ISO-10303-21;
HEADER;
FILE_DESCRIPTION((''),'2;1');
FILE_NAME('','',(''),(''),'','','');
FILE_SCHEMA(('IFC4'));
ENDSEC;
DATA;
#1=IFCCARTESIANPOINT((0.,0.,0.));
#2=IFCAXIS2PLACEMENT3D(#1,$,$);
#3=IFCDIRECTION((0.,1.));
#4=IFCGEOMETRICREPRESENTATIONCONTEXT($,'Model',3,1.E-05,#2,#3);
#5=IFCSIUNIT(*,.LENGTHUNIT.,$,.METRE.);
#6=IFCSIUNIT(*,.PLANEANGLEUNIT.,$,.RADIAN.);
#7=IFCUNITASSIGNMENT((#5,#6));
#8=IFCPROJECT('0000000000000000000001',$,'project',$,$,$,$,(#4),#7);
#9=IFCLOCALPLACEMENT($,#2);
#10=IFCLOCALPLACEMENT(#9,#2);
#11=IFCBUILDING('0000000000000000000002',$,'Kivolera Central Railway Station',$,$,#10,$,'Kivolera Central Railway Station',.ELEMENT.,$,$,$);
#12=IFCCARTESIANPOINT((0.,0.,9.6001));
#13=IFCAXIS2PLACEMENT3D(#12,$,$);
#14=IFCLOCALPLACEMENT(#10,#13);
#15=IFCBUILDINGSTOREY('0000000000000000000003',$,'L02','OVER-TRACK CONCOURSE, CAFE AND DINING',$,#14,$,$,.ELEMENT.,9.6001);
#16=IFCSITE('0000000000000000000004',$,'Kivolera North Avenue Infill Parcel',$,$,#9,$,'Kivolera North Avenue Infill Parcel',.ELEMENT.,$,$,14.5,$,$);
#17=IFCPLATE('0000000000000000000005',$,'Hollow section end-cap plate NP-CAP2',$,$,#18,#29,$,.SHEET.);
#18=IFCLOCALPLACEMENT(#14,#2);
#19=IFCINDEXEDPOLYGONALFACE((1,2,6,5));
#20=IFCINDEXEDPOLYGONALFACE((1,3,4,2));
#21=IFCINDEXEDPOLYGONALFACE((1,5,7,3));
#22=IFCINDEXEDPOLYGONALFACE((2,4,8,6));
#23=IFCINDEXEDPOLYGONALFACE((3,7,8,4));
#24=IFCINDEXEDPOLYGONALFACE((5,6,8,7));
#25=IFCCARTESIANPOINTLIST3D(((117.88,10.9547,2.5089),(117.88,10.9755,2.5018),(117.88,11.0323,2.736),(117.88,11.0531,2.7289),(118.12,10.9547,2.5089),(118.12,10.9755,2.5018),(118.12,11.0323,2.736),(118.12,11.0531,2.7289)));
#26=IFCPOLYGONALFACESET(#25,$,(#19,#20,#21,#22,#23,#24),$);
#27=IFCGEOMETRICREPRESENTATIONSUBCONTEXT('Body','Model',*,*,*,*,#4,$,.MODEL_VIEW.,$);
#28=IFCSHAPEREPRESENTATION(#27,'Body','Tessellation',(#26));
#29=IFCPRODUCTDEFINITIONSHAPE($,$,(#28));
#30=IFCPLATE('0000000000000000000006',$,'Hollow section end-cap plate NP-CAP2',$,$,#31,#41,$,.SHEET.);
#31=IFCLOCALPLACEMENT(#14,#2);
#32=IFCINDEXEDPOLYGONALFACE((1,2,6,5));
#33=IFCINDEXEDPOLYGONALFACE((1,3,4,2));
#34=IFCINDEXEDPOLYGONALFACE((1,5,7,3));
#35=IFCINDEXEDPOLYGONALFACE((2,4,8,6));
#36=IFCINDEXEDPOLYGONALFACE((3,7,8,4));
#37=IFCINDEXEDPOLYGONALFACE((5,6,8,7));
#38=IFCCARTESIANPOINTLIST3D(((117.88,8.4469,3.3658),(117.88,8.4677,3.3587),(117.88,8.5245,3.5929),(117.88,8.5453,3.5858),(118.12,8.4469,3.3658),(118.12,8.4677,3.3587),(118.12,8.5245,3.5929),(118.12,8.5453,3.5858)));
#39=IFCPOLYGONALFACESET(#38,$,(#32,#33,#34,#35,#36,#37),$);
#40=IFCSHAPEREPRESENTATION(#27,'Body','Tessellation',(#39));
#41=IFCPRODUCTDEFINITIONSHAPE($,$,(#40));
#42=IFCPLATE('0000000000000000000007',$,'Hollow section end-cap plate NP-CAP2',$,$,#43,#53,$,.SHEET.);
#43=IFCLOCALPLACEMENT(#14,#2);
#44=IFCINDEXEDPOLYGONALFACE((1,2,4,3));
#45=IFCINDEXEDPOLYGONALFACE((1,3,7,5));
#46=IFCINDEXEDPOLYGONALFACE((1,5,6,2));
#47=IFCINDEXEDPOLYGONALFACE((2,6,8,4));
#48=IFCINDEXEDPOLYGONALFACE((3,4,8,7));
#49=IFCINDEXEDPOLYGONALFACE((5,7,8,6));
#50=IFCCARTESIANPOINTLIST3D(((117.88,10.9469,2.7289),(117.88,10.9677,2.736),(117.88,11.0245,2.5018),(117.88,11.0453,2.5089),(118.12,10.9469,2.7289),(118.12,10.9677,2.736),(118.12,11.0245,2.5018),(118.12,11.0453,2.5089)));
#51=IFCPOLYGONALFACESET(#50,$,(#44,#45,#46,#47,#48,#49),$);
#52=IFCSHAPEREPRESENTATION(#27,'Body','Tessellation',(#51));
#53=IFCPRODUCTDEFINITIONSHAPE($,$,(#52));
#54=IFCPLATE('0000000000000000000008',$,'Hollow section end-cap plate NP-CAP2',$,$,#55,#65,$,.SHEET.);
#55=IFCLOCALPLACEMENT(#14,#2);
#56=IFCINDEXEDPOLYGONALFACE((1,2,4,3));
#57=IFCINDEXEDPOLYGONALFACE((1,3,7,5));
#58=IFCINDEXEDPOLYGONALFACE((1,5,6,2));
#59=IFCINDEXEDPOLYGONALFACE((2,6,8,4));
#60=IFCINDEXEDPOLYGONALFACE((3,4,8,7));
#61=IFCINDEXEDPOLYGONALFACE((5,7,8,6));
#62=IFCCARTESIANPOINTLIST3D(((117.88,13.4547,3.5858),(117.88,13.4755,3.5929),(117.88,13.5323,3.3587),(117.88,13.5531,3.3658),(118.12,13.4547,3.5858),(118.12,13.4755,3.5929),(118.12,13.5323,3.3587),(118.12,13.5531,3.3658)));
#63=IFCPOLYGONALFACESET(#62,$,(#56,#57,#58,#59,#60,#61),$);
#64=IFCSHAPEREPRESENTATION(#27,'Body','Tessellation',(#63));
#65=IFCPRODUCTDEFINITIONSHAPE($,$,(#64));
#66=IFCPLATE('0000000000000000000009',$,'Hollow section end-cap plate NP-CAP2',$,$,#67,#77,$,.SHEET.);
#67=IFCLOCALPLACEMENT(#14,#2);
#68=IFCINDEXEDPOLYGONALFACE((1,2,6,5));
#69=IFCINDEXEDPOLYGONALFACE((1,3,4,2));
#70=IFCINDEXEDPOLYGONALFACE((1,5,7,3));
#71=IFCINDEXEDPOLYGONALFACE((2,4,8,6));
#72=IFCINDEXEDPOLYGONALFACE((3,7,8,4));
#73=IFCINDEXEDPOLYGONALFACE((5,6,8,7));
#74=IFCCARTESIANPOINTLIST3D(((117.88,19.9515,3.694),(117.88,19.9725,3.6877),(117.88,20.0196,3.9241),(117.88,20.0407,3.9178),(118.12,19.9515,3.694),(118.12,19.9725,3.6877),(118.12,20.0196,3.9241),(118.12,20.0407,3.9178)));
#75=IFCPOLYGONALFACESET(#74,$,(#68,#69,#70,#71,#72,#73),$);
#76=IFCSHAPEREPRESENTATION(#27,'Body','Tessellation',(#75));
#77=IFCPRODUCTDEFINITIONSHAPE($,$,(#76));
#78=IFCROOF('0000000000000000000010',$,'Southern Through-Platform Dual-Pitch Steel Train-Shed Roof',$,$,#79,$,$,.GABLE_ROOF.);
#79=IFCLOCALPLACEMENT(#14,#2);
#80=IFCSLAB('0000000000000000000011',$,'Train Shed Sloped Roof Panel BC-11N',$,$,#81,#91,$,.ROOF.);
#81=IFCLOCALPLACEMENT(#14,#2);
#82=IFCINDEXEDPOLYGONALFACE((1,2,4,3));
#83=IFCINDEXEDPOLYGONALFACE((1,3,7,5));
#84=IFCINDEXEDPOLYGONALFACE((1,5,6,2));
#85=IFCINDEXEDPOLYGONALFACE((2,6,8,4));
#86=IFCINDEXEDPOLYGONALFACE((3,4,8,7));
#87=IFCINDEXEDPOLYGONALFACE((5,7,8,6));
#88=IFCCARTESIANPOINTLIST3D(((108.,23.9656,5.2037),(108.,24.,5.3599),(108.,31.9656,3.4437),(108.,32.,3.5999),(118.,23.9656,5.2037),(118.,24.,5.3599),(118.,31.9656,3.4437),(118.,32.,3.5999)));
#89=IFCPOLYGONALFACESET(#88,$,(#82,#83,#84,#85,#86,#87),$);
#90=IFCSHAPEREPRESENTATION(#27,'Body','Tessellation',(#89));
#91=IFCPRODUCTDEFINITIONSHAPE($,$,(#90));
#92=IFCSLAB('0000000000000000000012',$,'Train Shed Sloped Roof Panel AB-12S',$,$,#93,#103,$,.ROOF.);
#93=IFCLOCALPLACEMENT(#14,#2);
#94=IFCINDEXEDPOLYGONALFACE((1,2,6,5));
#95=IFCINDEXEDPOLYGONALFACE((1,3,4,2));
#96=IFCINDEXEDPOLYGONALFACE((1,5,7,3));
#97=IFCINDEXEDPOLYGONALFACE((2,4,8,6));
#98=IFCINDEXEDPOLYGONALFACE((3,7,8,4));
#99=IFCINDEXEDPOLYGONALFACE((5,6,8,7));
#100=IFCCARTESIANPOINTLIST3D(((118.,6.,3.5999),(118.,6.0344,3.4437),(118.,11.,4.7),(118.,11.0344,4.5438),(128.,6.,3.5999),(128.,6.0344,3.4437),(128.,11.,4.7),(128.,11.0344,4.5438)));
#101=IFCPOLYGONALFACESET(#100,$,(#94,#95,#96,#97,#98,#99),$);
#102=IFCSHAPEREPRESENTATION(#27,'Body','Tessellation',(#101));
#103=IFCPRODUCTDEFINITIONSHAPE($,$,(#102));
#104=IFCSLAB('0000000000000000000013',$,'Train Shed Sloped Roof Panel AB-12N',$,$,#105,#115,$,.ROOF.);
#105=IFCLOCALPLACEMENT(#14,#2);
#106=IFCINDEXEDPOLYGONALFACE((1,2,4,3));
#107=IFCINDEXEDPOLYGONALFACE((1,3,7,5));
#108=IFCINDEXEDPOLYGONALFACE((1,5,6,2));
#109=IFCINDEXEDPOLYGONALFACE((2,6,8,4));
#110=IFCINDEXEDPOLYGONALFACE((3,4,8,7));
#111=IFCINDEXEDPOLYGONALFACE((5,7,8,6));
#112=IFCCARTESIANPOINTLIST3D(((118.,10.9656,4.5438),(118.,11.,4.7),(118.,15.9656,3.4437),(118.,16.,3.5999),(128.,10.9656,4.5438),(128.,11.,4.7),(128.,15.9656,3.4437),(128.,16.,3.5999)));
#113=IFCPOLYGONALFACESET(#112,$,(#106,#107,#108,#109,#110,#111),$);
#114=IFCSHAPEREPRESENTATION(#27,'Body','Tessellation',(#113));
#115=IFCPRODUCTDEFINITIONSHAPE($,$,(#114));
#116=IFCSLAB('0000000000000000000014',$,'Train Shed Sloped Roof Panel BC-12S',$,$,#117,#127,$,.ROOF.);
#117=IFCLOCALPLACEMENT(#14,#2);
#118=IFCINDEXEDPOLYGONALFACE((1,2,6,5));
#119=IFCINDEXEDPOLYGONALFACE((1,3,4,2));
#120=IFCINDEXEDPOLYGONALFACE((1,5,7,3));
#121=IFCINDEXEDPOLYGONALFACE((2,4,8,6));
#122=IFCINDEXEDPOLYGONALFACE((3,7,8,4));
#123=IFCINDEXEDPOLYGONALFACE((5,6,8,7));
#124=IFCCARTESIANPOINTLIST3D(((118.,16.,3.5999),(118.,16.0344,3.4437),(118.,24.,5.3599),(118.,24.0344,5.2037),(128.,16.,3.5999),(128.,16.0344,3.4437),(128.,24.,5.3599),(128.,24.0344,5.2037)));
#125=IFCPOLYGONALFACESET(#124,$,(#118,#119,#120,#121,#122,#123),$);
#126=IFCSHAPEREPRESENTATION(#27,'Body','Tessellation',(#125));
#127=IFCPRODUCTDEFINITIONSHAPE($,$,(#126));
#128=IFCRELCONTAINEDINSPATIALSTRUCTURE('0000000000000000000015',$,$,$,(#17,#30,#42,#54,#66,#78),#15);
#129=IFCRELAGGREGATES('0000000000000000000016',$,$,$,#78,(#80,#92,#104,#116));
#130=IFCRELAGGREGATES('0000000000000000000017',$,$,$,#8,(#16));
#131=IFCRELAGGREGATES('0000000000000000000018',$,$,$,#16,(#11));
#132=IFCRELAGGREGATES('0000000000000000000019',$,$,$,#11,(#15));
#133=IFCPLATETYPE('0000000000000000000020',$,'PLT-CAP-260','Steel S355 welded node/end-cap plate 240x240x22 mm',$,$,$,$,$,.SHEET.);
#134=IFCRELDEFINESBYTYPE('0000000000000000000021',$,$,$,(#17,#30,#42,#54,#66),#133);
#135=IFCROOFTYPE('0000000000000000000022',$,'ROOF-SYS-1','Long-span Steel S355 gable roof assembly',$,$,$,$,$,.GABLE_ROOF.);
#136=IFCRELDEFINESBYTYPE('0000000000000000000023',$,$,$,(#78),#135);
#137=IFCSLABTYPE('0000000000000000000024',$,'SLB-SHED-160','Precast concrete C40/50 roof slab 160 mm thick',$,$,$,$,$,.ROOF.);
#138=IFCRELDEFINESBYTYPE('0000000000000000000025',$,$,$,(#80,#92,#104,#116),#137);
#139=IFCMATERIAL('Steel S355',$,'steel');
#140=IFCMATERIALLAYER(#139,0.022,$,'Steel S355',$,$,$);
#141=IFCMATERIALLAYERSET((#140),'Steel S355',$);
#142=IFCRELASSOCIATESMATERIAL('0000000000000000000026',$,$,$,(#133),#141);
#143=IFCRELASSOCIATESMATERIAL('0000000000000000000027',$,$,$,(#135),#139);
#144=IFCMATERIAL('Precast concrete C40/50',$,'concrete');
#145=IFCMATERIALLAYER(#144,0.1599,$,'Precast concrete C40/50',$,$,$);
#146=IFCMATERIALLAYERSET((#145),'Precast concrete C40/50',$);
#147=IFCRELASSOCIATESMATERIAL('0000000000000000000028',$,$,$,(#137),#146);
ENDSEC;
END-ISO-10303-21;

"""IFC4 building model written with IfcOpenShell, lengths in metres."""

from ifc_helpers import new_model, si_unit, direction, frame, origin, origin_2d, place, context, subcontext, project, spatial, polyline, rectangle, outline, extrude, material, layer, layer_set, type_object, element, aggregate, save


model = new_model("IFC4")

# Units and contexts
model_context = context("Model", 3, precision=1e-05, world=origin(), true_north=direction((0.0, 1.0)))
body_context = subcontext(model_context, "Body", "Model", "MODEL_VIEW")
ifc_project = project(units=[si_unit("LENGTHUNIT", "METRE"), si_unit("PLANEANGLEUNIT", "RADIAN")], contexts=[model_context])

# Site, building, storey
site_placement = place(None, origin())
site = spatial("IfcSite", under=ifc_project, at=site_placement, Name="Kivolera North Avenue Infill Parcel", LongName="Kivolera North Avenue Infill Parcel", CompositionType="ELEMENT", RefElevation=14.5)
building_placement = place(site_placement, origin())
building = spatial("IfcBuilding", under=site, at=building_placement, Name="Kivolera Central Railway Station", LongName="Kivolera Central Railway Station", CompositionType="ELEMENT")
storey_placement = place(building_placement, frame((0.0, 0.0, 9.6001)))
storey = spatial("IfcBuildingStorey", under=building, at=storey_placement, Name="L02", Description="OVER-TRACK CONCOURSE, CAFE AND DINING", CompositionType="ELEMENT", Elevation=9.6001)

# Shared definitions
ifc_material_1 = material(Name="Steel S355", Category="steel")

# Plates
ifc_layer_1 = layer(ifc_material_1, 0.022, Name="Steel S355")
ifc_layer_set_1 = layer_set([ifc_layer_1], Name="Steel S355")
plate_type_1 = type_object("IfcPlateType", Name="PLT-CAP-260", Description="Steel S355 welded node/end-cap plate 240x240x22 mm", PredefinedType="SHEET", material=ifc_layer_set_1)
for number, where, z_axis, x_axis, name in (
    (1, (118.0, 11.0039, 2.6189), (0.0, -0.946194, 0.323599), (1.0, 0.0, 0.0), "Hollow section end-cap plate NP-CAP2"),
    (2, (118.0, 8.4961, 3.4758), (0.0, -0.946194, 0.323599), (1.0, 0.0, 0.0), "Hollow section end-cap plate NP-CAP2"),
    (3, (118.0, 10.9961, 2.6189), (0.0, 0.946194, 0.323599), (-1.0, 0.0, 0.0), "Hollow section end-cap plate NP-CAP2"),
    (4, (118.0, 13.5039, 3.4758), (0.0, 0.946194, 0.323599), (-1.0, 0.0, 0.0), "Hollow section end-cap plate NP-CAP2"),
    (5, (118.0, 19.9961, 3.8059), (0.0, -0.95881, 0.284048), (1.0, 0.0, 0.0), "Hollow section end-cap plate NP-CAP2"),
):
    element("IfcPlate", number, at=place(storey_placement, frame(where, z_axis=z_axis, x_axis=x_axis)), inside=storey, type_object=plate_type_1, Name=name, PredefinedType="SHEET", context=body_context, shape_type="SweptSolid", body=[
        extrude(rectangle(XDim=0.24, YDim=0.24, at=origin_2d()), frame((0.0, 0.0, -0.011)), (0.0, 0.0, 1.0), 0.022),
    ])

# Roof, slabs
roof_type = type_object("IfcRoofType", Name="ROOF-SYS-1", Description="Long-span Steel S355 gable roof assembly", PredefinedType="GABLE_ROOF", material=ifc_material_1)
roof_placement = place(storey_placement, origin())
roof = element("IfcRoof", 6, at=roof_placement, inside=storey, type_object=roof_type, Name="Southern Through-Platform Dual-Pitch Steel Train-Shed Roof", PredefinedType="GABLE_ROOF")
ifc_material_2 = material(Name="Precast concrete C40/50", Category="concrete")
ifc_layer_2 = layer(ifc_material_2, 0.1599, Name="Precast concrete C40/50")
ifc_layer_set_2 = layer_set([ifc_layer_2], Name="Precast concrete C40/50")
slab_type = type_object("IfcSlabType", Name="SLB-SHED-160", Description="Precast concrete C40/50 roof slab 160 mm thick", PredefinedType="ROOF", material=ifc_layer_set_2)
slab_1_placement = place(storey_placement, frame((108.0, 24.0, 5.3599), z_axis=(0.0, 0.214863, 0.976644), x_axis=(1.0, 0.0, 0.0)))
slab_1 = element("IfcSlab", 7, at=slab_1_placement, type_object=slab_type, Name="Train Shed Sloped Roof Panel BC-11N", PredefinedType="ROOF", context=body_context, shape_type="SweptSolid", body=[
    extrude(outline(polyline([(0.0, 0.0), (10.0, 0.0), (10.0, 8.1913), (0.0, 8.1913), (0.0, 0.0)])), origin(), (0.0, 0.0, -1.0), 0.1599),
])
slab_2_placement = place(storey_placement, frame((118.0, 6.0, 3.5999), z_axis=(0.0, -0.21488, 0.97664), x_axis=(1.0, 0.0, 0.0)))
slab_2 = element("IfcSlab", 8, at=slab_2_placement, type_object=slab_type, Name="Train Shed Sloped Roof Panel AB-12S", PredefinedType="ROOF", context=body_context, shape_type="SweptSolid", body=[
    extrude(outline(polyline([(0.0, 0.0), (10.0, 0.0), (10.0, 5.1196), (0.0, 5.1196), (0.0, 0.0)])), origin(), (0.0, 0.0, -1.0), 0.1599),
])
slab_3_placement = place(storey_placement, frame((118.0, 11.0, 4.7), z_axis=(0.0, 0.21488, 0.97664), x_axis=(1.0, 0.0, 0.0)))
slab_3 = element("IfcSlab", 9, at=slab_3_placement, type_object=slab_type, Name="Train Shed Sloped Roof Panel AB-12N", PredefinedType="ROOF", context=body_context, shape_type="SweptSolid", body=[
    extrude(outline(polyline([(0.0, 0.0), (10.0, 0.0), (10.0, 5.1196), (0.0, 5.1196), (0.0, 0.0)])), origin(), (0.0, 0.0, -1.0), 0.1599),
])
slab_4_placement = place(storey_placement, frame((118.0, 16.0, 3.5999), z_axis=(0.0, -0.214863, 0.976644), x_axis=(1.0, 0.0, 0.0)))
slab_4 = element("IfcSlab", 10, at=slab_4_placement, type_object=slab_type, Name="Train Shed Sloped Roof Panel BC-12S", PredefinedType="ROOF", context=body_context, shape_type="SweptSolid", body=[
    extrude(outline(polyline([(0.0, 0.0), (10.0, 0.0), (10.0, 8.1913), (0.0, 8.1913), (0.0, 0.0)])), origin(), (0.0, 0.0, -1.0), 0.1599),
])
aggregate(roof, [slab_1, slab_2, slab_3, slab_4])

save(model, "model.ifc")
